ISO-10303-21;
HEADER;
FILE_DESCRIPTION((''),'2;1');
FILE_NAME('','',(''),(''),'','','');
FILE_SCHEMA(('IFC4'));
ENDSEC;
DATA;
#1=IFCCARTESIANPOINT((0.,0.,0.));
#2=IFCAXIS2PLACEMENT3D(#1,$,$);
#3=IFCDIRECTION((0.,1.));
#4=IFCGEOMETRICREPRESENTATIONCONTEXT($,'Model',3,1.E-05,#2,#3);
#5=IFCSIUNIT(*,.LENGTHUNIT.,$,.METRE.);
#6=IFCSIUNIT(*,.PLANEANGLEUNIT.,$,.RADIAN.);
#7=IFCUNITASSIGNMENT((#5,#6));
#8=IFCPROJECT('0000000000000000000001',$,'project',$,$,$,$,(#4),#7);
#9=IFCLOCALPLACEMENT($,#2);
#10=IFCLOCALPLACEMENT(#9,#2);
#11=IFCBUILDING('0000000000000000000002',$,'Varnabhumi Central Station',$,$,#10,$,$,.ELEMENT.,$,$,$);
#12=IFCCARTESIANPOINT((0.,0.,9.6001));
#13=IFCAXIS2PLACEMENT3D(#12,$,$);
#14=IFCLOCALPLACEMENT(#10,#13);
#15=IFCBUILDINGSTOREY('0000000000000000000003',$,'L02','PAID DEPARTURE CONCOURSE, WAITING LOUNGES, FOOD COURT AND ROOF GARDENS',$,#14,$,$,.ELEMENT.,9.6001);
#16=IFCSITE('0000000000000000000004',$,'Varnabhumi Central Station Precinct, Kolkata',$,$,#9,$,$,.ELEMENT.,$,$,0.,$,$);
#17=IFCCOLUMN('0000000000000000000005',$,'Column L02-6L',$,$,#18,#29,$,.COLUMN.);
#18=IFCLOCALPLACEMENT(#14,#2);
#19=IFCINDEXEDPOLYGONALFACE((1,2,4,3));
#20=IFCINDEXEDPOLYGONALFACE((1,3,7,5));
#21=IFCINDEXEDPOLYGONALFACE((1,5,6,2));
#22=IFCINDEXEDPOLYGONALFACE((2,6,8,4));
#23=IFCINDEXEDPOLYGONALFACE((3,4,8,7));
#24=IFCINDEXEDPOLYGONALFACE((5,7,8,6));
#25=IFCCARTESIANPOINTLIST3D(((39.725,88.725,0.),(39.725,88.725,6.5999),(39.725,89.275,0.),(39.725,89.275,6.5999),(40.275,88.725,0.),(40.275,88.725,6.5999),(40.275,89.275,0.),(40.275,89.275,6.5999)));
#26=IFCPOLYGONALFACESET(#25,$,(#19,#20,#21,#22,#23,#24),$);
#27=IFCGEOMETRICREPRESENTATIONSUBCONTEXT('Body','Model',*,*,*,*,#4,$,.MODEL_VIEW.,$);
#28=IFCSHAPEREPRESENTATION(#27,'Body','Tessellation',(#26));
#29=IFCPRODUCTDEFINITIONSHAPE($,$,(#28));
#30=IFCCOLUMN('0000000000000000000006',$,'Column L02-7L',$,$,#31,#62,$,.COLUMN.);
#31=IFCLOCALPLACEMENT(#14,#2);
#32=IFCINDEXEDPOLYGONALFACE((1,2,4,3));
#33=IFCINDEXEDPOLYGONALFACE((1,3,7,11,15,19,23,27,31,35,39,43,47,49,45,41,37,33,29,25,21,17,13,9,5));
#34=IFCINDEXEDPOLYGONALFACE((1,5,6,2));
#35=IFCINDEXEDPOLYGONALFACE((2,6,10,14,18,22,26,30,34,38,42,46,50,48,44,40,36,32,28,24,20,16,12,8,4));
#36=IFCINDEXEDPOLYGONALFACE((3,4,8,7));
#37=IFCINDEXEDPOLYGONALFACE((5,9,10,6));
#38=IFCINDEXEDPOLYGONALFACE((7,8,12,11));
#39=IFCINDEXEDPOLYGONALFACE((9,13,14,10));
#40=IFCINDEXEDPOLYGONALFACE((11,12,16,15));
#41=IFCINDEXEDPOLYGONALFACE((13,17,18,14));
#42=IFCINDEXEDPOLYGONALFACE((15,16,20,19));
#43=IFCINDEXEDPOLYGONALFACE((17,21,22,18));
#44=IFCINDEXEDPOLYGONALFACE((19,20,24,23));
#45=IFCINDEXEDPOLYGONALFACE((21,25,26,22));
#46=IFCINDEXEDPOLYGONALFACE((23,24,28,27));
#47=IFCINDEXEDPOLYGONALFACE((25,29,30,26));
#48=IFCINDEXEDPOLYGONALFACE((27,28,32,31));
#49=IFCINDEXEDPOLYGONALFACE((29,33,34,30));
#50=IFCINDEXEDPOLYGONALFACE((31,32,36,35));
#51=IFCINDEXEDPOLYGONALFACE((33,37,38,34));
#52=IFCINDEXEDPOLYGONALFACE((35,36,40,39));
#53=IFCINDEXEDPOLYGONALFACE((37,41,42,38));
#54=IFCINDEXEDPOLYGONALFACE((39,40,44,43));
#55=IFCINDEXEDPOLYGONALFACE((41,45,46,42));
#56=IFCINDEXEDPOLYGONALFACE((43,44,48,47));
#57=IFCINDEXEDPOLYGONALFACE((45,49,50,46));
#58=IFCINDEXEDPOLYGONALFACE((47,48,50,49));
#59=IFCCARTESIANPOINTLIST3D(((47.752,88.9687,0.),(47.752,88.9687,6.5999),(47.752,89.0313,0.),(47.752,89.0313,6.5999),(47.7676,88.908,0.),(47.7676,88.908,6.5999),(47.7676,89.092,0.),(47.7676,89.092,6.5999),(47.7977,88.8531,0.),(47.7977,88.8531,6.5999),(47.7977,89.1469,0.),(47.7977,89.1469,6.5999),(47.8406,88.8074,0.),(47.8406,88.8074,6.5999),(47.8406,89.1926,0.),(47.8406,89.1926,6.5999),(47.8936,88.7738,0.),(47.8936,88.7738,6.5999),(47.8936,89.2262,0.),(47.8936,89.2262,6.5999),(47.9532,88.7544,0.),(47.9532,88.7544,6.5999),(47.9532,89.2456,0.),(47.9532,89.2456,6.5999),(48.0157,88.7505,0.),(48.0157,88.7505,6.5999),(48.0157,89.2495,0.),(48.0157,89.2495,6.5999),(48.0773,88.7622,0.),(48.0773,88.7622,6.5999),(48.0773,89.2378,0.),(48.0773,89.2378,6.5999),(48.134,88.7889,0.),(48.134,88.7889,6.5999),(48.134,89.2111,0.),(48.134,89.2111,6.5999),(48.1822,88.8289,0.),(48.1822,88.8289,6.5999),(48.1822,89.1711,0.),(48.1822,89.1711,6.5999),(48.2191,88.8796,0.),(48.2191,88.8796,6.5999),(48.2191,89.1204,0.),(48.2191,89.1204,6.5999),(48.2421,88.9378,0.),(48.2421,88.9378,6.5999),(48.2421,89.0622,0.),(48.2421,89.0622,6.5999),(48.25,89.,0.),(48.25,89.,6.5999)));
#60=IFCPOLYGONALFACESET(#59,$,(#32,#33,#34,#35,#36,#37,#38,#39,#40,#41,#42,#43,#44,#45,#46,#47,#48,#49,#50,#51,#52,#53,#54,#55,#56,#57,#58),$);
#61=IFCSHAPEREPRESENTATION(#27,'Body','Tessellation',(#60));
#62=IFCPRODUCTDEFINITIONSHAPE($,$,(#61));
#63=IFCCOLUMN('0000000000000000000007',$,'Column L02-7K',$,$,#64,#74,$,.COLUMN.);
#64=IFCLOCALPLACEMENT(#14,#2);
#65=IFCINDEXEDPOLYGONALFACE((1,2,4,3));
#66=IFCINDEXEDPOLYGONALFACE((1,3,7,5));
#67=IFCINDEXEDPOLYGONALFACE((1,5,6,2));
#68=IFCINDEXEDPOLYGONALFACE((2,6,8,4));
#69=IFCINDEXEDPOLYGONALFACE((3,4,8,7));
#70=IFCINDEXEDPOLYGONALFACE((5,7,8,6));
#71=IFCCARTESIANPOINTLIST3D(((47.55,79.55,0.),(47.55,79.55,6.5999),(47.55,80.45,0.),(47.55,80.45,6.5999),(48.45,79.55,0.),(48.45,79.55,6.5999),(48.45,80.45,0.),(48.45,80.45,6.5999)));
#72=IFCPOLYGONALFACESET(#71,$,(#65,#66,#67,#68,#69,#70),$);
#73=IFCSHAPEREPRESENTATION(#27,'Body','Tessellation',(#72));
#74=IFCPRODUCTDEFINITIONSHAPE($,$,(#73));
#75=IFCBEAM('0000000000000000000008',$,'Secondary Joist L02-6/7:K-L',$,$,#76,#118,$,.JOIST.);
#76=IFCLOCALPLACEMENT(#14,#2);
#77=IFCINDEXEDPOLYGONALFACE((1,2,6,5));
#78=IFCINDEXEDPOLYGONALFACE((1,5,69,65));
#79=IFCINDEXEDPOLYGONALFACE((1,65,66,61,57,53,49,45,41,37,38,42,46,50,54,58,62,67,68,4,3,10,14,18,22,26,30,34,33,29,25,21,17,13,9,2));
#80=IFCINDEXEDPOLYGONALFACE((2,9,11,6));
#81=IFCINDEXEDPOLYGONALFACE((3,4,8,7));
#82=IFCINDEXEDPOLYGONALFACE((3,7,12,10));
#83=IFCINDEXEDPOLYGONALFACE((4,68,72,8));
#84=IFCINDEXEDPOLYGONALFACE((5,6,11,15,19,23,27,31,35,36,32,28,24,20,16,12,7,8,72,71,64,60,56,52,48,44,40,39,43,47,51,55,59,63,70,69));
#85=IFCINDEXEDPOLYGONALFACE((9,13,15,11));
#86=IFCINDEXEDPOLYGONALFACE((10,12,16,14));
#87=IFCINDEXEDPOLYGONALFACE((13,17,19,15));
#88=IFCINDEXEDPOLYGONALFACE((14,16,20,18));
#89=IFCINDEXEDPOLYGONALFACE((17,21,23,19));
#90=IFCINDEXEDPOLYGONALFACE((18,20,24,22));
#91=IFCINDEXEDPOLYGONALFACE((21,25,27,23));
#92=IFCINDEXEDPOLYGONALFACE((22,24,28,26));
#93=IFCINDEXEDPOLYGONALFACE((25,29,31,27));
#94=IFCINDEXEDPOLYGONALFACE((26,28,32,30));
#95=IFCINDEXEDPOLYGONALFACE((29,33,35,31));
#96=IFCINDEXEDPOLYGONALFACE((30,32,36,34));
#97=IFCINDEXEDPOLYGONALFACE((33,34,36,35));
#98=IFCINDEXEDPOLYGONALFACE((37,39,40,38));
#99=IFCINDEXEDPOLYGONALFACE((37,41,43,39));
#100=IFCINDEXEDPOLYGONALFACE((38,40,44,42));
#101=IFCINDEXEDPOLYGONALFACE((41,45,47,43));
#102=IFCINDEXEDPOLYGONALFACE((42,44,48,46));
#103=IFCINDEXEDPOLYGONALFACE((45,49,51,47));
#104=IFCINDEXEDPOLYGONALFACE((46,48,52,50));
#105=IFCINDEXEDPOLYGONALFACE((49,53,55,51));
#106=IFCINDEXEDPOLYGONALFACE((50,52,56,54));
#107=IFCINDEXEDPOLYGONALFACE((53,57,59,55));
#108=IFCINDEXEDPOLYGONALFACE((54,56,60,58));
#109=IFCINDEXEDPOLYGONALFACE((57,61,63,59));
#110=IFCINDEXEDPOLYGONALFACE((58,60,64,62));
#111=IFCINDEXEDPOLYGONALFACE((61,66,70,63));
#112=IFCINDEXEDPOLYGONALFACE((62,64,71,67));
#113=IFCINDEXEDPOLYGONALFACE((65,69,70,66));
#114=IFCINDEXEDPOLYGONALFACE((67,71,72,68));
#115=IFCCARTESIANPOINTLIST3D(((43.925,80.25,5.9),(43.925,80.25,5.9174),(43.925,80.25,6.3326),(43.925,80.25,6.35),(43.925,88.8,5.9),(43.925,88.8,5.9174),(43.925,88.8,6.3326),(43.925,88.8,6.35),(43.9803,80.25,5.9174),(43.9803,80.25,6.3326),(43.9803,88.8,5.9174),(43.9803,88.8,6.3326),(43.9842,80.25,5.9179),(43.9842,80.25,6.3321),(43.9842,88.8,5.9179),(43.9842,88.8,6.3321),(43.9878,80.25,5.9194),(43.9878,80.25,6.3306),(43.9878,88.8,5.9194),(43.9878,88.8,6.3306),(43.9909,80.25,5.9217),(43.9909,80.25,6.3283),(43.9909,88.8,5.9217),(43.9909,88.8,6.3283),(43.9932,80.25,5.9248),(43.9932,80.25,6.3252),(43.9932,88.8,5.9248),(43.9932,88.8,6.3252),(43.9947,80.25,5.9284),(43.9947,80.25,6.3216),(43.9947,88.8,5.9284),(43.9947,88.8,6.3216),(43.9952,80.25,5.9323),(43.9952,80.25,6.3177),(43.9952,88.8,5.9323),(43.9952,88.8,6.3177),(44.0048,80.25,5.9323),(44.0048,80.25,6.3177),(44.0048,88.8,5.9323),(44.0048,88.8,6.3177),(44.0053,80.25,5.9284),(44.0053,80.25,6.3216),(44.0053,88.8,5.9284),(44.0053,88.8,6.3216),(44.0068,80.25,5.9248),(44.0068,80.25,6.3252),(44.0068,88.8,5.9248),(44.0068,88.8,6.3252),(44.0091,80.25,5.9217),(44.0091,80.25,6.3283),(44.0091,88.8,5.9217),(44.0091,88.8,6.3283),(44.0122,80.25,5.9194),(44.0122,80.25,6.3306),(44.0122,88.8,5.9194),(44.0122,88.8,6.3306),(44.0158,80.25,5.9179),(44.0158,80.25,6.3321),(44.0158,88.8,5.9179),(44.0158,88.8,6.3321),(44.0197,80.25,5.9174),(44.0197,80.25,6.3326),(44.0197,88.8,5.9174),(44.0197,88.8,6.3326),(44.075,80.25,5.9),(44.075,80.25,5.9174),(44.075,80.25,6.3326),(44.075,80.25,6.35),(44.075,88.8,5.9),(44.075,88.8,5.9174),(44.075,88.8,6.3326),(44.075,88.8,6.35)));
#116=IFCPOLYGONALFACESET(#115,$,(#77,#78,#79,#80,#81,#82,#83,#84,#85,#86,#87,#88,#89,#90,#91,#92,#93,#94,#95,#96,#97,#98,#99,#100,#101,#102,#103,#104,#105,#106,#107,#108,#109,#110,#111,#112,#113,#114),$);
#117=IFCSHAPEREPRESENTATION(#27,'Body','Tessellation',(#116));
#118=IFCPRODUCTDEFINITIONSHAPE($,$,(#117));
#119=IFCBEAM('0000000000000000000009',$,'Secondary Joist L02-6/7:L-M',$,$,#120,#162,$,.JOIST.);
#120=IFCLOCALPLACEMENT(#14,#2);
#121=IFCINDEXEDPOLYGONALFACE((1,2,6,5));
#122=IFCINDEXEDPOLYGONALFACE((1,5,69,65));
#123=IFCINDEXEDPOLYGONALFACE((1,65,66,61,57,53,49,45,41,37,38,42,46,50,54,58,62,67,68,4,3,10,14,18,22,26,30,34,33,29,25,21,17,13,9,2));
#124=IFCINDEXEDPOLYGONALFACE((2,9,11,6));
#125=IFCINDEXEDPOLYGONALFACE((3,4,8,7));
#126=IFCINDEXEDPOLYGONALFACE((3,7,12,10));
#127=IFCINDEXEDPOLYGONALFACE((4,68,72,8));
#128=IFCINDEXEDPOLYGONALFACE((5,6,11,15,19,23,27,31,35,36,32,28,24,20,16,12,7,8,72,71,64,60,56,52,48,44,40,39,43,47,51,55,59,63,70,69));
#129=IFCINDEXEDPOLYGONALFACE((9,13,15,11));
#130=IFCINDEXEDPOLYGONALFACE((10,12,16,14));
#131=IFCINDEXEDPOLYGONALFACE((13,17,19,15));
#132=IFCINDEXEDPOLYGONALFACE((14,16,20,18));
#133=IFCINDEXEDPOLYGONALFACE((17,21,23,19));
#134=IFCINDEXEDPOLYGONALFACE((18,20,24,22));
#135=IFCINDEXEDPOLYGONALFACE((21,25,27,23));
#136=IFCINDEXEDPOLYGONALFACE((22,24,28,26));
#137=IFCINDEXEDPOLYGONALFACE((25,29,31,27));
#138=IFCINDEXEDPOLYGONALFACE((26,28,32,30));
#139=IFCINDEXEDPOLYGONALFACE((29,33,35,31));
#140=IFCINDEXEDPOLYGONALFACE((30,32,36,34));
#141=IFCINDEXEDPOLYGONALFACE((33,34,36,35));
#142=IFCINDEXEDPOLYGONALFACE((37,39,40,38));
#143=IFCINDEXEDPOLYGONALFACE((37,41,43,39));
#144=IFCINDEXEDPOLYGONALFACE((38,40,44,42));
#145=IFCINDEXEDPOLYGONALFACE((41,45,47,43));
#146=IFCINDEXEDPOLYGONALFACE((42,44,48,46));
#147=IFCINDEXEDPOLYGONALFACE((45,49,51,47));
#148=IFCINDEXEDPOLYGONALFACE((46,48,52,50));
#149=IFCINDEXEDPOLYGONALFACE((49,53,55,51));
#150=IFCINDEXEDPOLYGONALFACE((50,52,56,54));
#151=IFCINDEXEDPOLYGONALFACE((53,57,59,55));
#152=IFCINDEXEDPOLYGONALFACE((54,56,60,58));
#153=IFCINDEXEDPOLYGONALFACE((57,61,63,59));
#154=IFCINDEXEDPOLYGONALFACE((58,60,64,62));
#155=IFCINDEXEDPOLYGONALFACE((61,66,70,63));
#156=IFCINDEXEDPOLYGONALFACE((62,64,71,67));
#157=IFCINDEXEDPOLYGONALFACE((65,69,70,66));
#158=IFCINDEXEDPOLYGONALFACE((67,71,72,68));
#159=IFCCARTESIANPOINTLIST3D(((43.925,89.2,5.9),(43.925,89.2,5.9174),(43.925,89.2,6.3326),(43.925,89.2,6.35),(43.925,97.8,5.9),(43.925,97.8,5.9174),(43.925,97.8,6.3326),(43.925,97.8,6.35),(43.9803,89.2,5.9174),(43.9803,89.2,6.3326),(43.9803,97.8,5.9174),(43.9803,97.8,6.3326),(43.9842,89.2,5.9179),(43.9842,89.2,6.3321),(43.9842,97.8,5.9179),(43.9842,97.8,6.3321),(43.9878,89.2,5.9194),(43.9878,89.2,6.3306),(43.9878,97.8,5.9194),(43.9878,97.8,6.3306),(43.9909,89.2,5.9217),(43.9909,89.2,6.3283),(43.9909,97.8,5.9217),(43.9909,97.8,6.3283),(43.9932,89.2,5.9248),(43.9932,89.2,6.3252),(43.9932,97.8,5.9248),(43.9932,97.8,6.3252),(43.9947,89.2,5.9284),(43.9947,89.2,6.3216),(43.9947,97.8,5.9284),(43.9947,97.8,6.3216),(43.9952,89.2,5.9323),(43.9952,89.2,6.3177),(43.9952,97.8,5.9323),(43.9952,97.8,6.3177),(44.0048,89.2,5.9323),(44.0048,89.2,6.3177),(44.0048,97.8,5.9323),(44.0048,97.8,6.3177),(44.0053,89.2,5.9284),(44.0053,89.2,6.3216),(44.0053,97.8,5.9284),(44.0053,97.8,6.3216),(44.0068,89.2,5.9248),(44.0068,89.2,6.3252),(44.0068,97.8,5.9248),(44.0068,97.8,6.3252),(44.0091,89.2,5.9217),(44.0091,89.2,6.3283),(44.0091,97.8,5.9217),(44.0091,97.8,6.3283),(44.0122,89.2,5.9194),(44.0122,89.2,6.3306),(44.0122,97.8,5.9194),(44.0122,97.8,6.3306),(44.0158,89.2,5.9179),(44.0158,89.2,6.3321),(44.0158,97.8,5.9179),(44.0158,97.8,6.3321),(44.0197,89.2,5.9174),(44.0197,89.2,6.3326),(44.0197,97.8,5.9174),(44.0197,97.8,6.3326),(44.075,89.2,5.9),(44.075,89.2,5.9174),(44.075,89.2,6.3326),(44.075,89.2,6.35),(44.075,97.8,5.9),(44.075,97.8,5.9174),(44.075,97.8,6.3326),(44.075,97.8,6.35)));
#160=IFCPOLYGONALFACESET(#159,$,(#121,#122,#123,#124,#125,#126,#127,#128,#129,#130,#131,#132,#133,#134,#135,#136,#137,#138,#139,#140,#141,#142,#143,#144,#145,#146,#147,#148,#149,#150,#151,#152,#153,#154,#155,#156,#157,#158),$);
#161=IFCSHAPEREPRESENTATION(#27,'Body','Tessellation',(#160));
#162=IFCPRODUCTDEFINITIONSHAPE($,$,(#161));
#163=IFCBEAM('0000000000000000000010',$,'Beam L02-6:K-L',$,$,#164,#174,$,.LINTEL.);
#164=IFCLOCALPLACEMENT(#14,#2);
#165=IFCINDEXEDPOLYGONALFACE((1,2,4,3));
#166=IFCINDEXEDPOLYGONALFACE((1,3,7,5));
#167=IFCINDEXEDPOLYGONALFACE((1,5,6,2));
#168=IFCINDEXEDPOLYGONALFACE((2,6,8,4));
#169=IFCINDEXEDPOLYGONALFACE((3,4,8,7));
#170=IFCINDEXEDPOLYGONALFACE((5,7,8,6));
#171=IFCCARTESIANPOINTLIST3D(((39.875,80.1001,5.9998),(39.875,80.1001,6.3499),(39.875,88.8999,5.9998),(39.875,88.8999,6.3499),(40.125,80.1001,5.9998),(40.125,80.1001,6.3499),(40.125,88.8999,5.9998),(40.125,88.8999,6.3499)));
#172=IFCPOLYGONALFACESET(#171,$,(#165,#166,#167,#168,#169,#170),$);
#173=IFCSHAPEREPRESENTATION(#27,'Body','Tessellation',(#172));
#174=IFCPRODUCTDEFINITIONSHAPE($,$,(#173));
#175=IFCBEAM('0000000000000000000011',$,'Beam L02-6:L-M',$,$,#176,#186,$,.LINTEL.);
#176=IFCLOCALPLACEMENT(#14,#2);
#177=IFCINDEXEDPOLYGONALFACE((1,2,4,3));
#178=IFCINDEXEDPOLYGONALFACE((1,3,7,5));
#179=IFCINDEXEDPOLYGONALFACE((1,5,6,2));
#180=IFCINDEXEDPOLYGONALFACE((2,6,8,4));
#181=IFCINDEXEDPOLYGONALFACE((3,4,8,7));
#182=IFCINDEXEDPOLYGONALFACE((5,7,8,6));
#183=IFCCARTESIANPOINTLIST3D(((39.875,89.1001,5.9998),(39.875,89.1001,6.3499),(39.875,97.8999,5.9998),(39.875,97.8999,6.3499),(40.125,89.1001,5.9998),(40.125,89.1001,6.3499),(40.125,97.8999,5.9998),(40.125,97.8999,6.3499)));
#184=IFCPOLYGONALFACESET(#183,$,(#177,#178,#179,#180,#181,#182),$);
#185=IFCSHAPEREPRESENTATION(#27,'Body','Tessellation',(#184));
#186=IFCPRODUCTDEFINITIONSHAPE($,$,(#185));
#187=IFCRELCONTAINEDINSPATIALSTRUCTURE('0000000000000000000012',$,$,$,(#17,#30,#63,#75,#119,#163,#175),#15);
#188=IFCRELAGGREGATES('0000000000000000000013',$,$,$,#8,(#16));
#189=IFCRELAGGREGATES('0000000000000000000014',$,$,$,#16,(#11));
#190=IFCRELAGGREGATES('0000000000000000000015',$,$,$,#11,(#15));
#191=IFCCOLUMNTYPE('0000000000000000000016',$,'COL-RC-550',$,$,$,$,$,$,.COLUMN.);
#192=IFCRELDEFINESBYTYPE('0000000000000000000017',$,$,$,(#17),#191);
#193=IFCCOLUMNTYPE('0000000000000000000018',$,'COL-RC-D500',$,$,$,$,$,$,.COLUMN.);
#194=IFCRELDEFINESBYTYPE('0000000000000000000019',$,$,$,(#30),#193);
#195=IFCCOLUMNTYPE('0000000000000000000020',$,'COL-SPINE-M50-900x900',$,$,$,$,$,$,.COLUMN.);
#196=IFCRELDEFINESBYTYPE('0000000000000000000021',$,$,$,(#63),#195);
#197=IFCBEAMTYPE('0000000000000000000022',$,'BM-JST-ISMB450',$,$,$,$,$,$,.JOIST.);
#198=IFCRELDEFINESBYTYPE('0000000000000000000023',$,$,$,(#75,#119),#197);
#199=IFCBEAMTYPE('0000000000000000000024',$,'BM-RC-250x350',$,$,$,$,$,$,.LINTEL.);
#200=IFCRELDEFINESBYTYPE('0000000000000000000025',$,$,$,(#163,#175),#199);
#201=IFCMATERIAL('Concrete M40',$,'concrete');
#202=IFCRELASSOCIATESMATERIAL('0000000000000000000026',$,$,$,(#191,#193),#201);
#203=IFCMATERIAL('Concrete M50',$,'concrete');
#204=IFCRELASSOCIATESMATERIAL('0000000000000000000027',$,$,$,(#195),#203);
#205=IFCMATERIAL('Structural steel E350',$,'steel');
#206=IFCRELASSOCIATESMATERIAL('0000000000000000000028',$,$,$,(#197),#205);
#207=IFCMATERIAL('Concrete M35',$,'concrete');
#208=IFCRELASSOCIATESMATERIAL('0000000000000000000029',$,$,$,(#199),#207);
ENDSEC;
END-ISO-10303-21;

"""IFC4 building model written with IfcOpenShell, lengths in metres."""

from ifc_helpers import new_model, si_unit, direction, frame, origin, origin_2d, place, context, subcontext, project, spatial, rectangle, circle, i_section, extrude, material, material_profile, profile_set, type_object, element, save


model = new_model("IFC4")

# Units and contexts
model_context = context("Model", 3, precision=1e-05, world=origin(), true_north=direction((0.0, 1.0)))
body_context = subcontext(model_context, "Body", "Model", "MODEL_VIEW")
ifc_project = project(units=[si_unit("LENGTHUNIT", "METRE"), si_unit("PLANEANGLEUNIT", "RADIAN")], contexts=[model_context])

# Site, building, storey
site_placement = place(None, origin())
site = spatial("IfcSite", under=ifc_project, at=site_placement, Name="Varnabhumi Central Station Precinct, Kolkata", CompositionType="ELEMENT", RefElevation=0.0)
building_placement = place(site_placement, origin())
building = spatial("IfcBuilding", under=site, at=building_placement, Name="Varnabhumi Central Station", CompositionType="ELEMENT")
storey_placement = place(building_placement, frame((0.0, 0.0, 9.6001)))
storey = spatial("IfcBuildingStorey", under=building, at=storey_placement, Name="L02", Description="PAID DEPARTURE CONCOURSE, WAITING LOUNGES, FOOD COURT AND ROOF GARDENS", CompositionType="ELEMENT", Elevation=9.6001)

# Columns
ifc_material_1 = material(Name="Concrete M40", Category="concrete")
ifc_material_profile_1 = material_profile(ifc_material_1, rectangle(XDim=0.55, YDim=0.55, at=origin_2d()), Name="Concrete M40", Category="concrete")
ifc_profile_set_1 = profile_set([ifc_material_profile_1], Name="Concrete M40")
column_type_1 = type_object("IfcColumnType", Name="COL-RC-550", PredefinedType="COLUMN", material=ifc_profile_set_1)
column_1_placement = place(storey_placement, frame((40.0, 89.0, 0.0), z_axis=(0.0, 0.0, 1.0), x_axis=(1.0, 0.0, 0.0)))
element("IfcColumn", 1, at=column_1_placement, inside=storey, type_object=column_type_1, Name="Column L02-6L", PredefinedType="COLUMN", context=body_context, shape_type="SweptSolid", body=[
    extrude(rectangle(XDim=0.55, YDim=0.55, at=origin_2d()), origin(), (0.0, 0.0, 1.0), 6.5999),
])
ifc_material_profile_2 = material_profile(ifc_material_1, circle(Radius=0.25, at=origin_2d()), Name="Concrete M40", Category="concrete")
ifc_profile_set_2 = profile_set([ifc_material_profile_2], Name="Concrete M40")
column_type_2 = type_object("IfcColumnType", Name="COL-RC-D500", PredefinedType="COLUMN", material=ifc_profile_set_2)
column_2_placement = place(storey_placement, frame((48.0, 89.0, 0.0), z_axis=(0.0, 0.0, 1.0), x_axis=(1.0, 0.0, 0.0)))
element("IfcColumn", 2, at=column_2_placement, inside=storey, type_object=column_type_2, Name="Column L02-7L", PredefinedType="COLUMN", context=body_context, shape_type="SweptSolid", body=[
    extrude(circle(Radius=0.25, at=origin_2d()), origin(), (0.0, 0.0, 1.0), 6.5999),
])
ifc_material_2 = material(Name="Concrete M50", Category="concrete")
ifc_material_profile_3 = material_profile(ifc_material_2, rectangle(XDim=0.8999, YDim=0.8999, at=origin_2d()), Name="Concrete M50", Category="concrete")
ifc_profile_set_3 = profile_set([ifc_material_profile_3], Name="Concrete M50")
column_type_3 = type_object("IfcColumnType", Name="COL-SPINE-M50-900x900", PredefinedType="COLUMN", material=ifc_profile_set_3)
column_3_placement = place(storey_placement, frame((48.0, 80.0, 0.0), z_axis=(0.0, 0.0, 1.0), x_axis=(1.0, 0.0, 0.0)))
element("IfcColumn", 3, at=column_3_placement, inside=storey, type_object=column_type_3, Name="Column L02-7K", PredefinedType="COLUMN", context=body_context, shape_type="SweptSolid", body=[
    extrude(rectangle(XDim=0.8999, YDim=0.8999, at=origin_2d()), origin(), (0.0, 0.0, 1.0), 6.5999),
])

# Beams
ifc_material_3 = material(Name="Structural steel E350", Category="steel")
ifc_material_profile_4 = material_profile(ifc_material_3, i_section(OverallWidth=0.1499, OverallDepth=0.45, WebThickness=0.0095, FlangeThickness=0.0173, FilletRadius=0.0149, at=origin_2d()), Name="Structural steel E350", Category="steel")
ifc_profile_set_4 = profile_set([ifc_material_profile_4], Name="Structural steel E350")
beam_type_1 = type_object("IfcBeamType", Name="BM-JST-ISMB450", PredefinedType="JOIST", material=ifc_profile_set_4)
beam_1_placement = place(storey_placement, frame((44.0, 80.25, 6.125), z_axis=(0.0, 1.0, 0.0), x_axis=(-1.0, 0.0, 0.0)))
element("IfcBeam", 4, at=beam_1_placement, inside=storey, type_object=beam_type_1, Name="Secondary Joist L02-6/7:K-L", PredefinedType="JOIST", context=body_context, shape_type="SweptSolid", body=[
    extrude(i_section(OverallWidth=0.1499, OverallDepth=0.45, WebThickness=0.0095, FlangeThickness=0.0173, FilletRadius=0.0149, at=origin_2d()), origin(), (0.0, 0.0, 1.0), 8.55),
])
beam_2_placement = place(storey_placement, frame((44.0, 89.2, 6.125), z_axis=(0.0, 1.0, 0.0), x_axis=(-1.0, 0.0, 0.0)))
element("IfcBeam", 5, at=beam_2_placement, inside=storey, type_object=beam_type_1, Name="Secondary Joist L02-6/7:L-M", PredefinedType="JOIST", context=body_context, shape_type="SweptSolid", body=[
    extrude(i_section(OverallWidth=0.1499, OverallDepth=0.45, WebThickness=0.0095, FlangeThickness=0.0173, FilletRadius=0.0149, at=origin_2d()), origin(), (0.0, 0.0, 1.0), 8.6001),
])
ifc_material_4 = material(Name="Concrete M35", Category="concrete")
ifc_material_profile_5 = material_profile(ifc_material_4, rectangle(XDim=0.25, YDim=0.3501, at=origin_2d()), Name="Concrete M35", Category="concrete")
ifc_profile_set_5 = profile_set([ifc_material_profile_5], Name="Concrete M35")
beam_type_2 = type_object("IfcBeamType", Name="BM-RC-250x350", PredefinedType="LINTEL", material=ifc_profile_set_5)
for number, where, z_axis, x_axis, name in (
    (6, (40.0, 80.1001, 6.1748), (0.0, 1.0, 0.0), (-1.0, 0.0, 0.0), "Beam L02-6:K-L"),
    (7, (40.0, 89.1001, 6.1748), (0.0, 1.0, 0.0), (-1.0, 0.0, 0.0), "Beam L02-6:L-M"),
):
    element("IfcBeam", number, at=place(storey_placement, frame(where, z_axis=z_axis, x_axis=x_axis)), inside=storey, type_object=beam_type_2, Name=name, PredefinedType="LINTEL", context=body_context, shape_type="SweptSolid", body=[
        extrude(rectangle(XDim=0.25, YDim=0.3501, at=origin_2d()), origin(), (0.0, 0.0, 1.0), 8.7998),
    ])

save(model, "model.ifc")
